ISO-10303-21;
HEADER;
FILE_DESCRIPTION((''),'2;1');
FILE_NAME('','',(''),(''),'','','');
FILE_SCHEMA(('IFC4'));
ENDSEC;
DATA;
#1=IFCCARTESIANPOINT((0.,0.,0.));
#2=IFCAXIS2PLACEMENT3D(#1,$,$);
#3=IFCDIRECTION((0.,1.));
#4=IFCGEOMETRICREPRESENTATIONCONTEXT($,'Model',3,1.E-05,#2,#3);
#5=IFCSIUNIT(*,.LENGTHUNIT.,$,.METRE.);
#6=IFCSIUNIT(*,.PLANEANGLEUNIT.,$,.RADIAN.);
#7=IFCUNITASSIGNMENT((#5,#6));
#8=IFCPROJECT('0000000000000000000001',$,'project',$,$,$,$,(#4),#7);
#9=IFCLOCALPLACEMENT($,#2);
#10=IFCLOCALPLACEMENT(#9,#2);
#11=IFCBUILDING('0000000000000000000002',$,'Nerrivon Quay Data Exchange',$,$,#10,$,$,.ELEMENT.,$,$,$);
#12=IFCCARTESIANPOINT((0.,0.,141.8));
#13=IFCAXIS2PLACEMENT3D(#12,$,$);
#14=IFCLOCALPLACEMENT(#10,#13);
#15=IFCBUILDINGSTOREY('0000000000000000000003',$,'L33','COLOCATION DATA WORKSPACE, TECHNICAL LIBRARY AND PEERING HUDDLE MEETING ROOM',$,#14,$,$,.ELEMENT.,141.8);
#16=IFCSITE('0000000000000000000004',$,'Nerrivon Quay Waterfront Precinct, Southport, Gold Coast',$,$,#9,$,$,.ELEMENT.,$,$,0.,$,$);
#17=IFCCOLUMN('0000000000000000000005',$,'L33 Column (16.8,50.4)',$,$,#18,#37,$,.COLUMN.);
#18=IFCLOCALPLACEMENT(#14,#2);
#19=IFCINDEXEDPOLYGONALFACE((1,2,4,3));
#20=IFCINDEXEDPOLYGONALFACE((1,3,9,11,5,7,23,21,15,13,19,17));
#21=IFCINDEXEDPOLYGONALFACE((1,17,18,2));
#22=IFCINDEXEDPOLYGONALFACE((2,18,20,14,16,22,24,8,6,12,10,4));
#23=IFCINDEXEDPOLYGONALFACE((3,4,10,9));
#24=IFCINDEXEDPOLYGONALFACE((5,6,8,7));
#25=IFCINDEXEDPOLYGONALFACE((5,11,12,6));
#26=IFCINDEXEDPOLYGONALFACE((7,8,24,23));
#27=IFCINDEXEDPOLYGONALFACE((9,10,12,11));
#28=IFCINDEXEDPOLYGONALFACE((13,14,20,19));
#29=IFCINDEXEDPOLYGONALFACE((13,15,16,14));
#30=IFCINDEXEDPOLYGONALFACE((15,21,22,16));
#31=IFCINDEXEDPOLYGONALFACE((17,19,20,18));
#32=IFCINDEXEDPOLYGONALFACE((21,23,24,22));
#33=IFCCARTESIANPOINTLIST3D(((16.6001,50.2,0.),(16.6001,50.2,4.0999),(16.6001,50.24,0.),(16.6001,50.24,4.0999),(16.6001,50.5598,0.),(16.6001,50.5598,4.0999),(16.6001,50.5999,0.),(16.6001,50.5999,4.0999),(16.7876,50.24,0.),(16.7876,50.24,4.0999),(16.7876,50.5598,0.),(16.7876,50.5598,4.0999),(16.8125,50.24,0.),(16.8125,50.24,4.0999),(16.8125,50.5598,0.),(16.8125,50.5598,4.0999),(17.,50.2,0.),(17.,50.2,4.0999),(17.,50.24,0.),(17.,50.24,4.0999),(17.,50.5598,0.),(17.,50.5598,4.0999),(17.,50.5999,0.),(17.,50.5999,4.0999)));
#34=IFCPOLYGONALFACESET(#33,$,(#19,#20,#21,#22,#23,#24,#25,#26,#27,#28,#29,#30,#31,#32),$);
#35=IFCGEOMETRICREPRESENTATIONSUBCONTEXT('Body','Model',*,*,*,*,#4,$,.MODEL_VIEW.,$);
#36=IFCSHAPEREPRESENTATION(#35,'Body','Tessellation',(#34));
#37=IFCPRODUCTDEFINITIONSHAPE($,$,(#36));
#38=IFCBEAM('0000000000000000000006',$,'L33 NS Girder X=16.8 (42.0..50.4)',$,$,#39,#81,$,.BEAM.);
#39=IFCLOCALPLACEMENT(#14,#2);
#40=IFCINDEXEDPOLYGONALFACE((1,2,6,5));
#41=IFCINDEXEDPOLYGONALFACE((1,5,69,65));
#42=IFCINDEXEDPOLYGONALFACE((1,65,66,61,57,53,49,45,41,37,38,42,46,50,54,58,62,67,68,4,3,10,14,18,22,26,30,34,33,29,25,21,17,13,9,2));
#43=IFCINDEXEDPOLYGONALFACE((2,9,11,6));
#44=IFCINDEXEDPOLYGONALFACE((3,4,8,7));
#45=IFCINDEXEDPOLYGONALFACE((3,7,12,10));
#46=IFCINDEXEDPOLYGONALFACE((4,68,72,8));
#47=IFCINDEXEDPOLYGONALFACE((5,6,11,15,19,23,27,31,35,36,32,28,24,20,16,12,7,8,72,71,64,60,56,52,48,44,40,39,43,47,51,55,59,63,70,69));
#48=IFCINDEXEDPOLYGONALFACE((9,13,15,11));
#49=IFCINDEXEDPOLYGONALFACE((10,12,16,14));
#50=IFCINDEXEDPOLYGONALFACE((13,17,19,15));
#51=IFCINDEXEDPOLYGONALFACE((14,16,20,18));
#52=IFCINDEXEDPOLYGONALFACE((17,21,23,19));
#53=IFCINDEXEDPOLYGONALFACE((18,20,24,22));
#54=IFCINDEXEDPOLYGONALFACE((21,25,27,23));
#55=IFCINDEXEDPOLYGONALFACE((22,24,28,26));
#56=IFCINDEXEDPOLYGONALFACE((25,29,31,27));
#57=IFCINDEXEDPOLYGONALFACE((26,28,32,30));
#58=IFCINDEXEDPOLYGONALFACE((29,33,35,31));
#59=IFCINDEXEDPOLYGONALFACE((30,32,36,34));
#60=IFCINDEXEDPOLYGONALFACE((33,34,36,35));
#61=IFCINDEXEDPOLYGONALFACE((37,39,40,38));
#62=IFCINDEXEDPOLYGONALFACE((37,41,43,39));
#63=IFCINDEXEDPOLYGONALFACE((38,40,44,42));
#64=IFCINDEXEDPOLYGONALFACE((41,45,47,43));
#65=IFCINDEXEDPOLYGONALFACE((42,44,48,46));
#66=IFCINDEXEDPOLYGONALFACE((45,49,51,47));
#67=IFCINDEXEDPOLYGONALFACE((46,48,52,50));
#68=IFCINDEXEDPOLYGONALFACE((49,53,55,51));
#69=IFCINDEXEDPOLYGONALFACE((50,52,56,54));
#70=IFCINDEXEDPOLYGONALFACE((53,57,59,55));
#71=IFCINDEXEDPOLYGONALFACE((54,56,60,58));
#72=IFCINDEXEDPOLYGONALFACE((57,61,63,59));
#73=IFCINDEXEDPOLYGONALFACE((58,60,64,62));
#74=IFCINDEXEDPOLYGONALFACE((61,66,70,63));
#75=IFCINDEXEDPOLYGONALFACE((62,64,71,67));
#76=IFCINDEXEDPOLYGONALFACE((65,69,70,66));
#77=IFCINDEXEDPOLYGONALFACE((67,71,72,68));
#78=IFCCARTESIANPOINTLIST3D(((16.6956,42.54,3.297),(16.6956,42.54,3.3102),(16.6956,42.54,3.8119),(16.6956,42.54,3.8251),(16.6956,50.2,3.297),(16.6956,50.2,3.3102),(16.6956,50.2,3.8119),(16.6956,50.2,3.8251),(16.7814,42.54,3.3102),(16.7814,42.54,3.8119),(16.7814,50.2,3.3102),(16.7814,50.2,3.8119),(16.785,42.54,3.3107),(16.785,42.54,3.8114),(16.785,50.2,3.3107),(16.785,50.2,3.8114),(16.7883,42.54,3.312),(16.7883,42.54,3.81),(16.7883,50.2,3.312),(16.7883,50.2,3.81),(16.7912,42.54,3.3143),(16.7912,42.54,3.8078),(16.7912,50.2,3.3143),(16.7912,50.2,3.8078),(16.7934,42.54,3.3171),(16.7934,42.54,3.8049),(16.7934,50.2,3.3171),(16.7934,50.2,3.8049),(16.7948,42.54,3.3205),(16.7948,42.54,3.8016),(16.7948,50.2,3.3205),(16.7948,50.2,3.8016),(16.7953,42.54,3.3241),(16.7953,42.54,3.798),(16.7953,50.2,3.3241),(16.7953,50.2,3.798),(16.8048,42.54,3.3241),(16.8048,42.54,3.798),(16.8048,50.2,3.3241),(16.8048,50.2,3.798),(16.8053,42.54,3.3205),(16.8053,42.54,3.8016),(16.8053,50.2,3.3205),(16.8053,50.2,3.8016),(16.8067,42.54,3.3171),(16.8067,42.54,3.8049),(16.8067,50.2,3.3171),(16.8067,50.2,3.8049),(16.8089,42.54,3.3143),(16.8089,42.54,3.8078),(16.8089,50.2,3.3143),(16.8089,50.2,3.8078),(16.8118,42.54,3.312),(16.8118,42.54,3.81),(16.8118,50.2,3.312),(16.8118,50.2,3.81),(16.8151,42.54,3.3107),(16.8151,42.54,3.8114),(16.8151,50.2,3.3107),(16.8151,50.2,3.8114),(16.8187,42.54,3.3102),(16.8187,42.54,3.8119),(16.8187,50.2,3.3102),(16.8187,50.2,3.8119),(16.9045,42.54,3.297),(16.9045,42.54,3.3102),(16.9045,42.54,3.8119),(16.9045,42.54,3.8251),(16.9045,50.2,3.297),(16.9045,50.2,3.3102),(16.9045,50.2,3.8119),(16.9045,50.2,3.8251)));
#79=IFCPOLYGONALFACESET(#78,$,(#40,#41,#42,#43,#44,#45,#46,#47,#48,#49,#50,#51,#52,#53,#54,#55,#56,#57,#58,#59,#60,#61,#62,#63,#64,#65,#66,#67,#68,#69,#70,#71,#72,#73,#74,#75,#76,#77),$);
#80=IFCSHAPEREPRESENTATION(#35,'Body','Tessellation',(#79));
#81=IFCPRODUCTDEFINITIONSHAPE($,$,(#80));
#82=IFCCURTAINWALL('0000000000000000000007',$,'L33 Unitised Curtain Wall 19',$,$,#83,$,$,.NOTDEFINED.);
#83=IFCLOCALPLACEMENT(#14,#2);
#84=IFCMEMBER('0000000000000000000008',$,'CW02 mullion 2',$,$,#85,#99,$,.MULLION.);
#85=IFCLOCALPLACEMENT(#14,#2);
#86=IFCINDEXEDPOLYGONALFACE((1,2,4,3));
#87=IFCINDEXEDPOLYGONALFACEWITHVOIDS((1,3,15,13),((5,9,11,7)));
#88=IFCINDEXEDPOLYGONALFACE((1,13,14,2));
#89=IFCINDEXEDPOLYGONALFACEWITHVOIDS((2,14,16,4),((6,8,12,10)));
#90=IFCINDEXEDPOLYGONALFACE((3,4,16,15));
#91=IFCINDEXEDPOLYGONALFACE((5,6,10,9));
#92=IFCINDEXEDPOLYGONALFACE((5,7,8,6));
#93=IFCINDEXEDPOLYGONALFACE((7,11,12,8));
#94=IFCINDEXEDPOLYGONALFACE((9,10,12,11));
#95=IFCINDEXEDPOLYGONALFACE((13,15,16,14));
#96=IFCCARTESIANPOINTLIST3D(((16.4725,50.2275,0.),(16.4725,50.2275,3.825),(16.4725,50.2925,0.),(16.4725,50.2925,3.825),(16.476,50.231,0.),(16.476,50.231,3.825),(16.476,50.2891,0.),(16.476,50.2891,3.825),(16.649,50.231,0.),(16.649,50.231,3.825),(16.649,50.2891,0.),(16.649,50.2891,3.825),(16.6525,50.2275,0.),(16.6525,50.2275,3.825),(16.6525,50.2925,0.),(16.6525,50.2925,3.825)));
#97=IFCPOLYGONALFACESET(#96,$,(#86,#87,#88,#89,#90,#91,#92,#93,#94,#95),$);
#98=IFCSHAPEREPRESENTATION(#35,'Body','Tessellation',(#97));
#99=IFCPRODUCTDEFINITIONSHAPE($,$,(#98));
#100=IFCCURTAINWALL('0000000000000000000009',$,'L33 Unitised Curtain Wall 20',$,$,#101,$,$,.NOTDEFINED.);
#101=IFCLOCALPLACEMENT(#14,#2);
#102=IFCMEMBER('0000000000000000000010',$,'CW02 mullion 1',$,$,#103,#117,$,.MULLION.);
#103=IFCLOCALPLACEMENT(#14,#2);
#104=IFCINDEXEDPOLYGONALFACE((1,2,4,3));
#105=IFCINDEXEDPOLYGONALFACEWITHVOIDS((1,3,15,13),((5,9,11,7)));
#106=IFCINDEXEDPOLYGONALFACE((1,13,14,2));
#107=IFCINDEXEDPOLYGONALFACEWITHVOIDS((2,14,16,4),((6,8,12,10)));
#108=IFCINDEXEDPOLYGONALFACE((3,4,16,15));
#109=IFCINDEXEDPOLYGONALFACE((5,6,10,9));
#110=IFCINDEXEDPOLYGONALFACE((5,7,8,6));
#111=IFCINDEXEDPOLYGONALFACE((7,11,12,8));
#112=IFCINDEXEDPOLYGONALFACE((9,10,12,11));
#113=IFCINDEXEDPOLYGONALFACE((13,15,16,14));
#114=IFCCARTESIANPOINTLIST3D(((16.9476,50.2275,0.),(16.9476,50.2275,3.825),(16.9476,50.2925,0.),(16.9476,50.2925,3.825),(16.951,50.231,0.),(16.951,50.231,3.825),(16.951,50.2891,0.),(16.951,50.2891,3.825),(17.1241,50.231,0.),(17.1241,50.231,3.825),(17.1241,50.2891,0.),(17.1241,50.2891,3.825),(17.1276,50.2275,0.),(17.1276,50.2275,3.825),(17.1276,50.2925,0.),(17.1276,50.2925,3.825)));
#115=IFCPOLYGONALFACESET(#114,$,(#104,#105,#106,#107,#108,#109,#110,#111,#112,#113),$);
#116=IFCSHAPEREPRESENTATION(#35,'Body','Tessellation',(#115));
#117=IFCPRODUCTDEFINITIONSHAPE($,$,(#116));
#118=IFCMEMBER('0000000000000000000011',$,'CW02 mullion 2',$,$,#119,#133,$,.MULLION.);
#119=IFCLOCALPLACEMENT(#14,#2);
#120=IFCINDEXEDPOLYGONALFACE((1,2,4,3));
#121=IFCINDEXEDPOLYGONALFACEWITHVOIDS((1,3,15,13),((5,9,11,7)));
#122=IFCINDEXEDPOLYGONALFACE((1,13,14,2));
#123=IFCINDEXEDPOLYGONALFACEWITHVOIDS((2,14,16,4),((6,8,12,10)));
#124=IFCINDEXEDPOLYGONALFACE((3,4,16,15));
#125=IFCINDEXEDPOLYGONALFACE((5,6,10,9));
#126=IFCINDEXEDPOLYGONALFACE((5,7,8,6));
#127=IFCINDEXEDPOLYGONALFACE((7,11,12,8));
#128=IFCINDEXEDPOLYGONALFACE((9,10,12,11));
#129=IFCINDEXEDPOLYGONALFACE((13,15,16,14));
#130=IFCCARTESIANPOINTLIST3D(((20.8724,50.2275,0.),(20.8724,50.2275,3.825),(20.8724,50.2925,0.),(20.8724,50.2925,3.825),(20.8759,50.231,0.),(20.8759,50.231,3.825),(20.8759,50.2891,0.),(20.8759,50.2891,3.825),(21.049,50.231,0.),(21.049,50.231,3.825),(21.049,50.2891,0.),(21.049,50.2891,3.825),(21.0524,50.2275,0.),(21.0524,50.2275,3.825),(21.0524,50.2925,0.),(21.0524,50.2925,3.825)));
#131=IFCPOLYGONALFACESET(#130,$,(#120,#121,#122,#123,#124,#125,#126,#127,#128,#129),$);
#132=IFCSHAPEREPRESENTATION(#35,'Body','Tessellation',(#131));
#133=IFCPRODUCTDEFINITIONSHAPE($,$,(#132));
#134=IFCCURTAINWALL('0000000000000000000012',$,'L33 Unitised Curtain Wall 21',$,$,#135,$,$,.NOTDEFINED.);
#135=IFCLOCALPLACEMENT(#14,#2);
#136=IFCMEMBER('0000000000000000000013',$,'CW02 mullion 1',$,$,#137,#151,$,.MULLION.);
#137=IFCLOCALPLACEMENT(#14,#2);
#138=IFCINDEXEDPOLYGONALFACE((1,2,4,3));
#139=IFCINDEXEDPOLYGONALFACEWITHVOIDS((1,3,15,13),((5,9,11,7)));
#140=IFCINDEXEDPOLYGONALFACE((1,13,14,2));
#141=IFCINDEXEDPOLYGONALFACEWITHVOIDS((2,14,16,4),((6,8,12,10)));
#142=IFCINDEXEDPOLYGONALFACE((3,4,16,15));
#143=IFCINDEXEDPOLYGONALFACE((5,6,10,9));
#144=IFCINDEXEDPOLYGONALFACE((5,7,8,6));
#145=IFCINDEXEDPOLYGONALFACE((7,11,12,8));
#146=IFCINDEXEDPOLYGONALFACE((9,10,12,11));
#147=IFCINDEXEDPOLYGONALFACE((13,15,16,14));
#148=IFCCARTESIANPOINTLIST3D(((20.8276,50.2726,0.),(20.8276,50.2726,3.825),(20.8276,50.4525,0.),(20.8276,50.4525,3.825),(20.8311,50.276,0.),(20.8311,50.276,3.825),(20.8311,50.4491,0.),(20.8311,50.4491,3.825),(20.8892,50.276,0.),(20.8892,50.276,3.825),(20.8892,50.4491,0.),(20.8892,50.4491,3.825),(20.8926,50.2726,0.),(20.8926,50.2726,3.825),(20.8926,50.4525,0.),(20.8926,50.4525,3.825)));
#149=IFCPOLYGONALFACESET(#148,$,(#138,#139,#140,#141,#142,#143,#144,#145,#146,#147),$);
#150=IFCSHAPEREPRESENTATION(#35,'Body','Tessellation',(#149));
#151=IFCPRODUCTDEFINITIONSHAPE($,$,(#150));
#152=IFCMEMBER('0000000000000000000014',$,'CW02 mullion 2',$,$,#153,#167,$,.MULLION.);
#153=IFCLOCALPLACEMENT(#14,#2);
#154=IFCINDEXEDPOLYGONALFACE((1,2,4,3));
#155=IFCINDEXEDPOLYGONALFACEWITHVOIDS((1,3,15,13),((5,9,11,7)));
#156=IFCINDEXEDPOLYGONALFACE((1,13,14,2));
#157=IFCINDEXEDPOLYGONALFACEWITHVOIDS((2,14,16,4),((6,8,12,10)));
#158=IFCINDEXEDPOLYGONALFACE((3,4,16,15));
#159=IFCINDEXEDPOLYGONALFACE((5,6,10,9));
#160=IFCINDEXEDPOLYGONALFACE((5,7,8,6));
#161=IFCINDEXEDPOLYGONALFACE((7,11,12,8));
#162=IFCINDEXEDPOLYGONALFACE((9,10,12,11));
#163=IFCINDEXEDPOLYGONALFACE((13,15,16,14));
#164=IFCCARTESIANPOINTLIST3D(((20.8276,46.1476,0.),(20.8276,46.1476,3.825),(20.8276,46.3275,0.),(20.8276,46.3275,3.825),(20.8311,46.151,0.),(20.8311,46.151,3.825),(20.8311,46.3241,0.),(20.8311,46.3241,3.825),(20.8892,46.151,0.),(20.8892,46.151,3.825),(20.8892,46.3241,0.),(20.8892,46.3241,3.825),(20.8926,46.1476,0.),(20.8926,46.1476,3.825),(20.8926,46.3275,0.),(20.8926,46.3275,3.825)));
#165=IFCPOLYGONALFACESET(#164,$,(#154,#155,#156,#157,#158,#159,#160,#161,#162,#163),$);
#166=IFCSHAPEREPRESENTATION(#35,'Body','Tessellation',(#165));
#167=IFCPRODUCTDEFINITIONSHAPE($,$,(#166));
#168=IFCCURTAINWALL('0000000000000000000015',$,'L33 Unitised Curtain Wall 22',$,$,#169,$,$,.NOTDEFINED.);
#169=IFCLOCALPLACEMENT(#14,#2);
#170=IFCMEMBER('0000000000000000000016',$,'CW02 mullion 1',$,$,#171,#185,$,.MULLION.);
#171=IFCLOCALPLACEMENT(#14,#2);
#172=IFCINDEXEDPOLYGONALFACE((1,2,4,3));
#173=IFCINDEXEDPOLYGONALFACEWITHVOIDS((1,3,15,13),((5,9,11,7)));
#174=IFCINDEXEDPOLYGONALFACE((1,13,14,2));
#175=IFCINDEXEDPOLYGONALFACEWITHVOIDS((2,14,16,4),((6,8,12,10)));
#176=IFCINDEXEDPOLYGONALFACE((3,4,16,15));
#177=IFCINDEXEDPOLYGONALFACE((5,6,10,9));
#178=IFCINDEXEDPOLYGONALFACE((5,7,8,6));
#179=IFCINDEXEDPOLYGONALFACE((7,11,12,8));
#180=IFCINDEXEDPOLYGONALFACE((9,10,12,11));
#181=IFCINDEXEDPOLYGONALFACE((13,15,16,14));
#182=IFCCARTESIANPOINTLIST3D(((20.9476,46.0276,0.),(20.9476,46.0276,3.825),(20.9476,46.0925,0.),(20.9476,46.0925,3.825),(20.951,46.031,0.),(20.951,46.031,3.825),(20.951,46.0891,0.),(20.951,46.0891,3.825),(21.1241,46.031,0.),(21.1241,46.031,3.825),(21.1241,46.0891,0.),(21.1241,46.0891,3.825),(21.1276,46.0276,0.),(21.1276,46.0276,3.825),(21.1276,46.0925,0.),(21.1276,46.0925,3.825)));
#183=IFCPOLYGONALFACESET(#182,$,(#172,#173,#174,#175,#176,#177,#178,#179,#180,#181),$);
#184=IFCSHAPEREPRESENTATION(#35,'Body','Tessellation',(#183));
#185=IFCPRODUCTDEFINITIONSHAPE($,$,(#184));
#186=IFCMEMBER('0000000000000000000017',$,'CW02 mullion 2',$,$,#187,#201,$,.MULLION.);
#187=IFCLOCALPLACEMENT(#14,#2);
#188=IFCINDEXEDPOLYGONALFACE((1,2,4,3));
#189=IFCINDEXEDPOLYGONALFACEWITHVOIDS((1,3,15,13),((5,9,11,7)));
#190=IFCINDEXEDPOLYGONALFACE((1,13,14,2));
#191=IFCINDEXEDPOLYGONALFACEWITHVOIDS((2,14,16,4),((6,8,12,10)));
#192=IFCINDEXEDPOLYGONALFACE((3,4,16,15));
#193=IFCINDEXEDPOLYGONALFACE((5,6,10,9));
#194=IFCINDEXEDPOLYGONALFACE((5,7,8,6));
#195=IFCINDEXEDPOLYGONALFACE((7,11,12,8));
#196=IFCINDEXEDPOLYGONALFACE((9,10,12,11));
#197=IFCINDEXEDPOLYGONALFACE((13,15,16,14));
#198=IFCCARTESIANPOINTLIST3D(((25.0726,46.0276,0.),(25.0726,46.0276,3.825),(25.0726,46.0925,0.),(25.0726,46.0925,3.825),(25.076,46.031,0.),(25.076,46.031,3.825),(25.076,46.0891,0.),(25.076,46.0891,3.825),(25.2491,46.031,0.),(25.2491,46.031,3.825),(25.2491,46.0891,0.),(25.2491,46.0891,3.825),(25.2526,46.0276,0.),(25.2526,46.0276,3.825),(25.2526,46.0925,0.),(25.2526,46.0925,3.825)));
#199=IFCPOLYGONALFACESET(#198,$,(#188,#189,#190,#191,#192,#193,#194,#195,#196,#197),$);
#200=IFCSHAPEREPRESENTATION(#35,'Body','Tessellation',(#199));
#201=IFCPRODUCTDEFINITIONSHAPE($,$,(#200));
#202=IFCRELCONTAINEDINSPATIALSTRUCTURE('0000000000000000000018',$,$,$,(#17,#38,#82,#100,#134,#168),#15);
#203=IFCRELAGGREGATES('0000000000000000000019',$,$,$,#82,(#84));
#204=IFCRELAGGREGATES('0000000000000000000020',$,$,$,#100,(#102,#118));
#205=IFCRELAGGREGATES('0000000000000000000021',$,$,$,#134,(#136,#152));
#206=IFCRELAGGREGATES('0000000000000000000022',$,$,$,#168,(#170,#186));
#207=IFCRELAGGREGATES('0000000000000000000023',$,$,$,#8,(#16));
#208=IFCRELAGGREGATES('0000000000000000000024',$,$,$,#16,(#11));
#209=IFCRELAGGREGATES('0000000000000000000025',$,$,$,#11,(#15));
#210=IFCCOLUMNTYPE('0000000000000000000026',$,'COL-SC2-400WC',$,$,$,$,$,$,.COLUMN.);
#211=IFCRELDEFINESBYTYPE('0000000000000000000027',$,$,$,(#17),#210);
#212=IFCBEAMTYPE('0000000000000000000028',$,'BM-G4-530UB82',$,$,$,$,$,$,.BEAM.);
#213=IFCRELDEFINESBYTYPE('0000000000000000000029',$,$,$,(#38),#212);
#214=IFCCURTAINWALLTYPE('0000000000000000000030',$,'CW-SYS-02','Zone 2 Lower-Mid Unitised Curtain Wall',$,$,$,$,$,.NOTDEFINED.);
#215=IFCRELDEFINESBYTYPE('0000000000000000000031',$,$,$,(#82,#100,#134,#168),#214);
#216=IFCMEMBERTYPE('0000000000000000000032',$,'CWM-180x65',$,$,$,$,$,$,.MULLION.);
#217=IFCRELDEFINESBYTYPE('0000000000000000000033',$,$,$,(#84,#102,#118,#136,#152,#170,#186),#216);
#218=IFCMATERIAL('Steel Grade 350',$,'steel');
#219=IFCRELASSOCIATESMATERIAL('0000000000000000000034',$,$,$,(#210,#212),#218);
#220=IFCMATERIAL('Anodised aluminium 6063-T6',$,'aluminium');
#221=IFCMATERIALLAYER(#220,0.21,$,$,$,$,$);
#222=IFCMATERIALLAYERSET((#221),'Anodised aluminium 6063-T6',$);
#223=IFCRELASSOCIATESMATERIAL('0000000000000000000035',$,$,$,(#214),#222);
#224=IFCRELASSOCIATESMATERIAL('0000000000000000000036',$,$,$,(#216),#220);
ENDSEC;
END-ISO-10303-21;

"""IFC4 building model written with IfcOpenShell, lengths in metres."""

from ifc_helpers import new_model, si_unit, direction, frame, origin, origin_2d, place, context, subcontext, project, spatial, hollow_rectangle, i_section, extrude, material, layer, layer_set, material_profile, profile_set, type_object, element, aggregate, save


model = new_model("IFC4")

# Units and contexts
model_context = context("Model", 3, precision=1e-05, world=origin(), true_north=direction((0.0, 1.0)))
body_context = subcontext(model_context, "Body", "Model", "MODEL_VIEW")
ifc_project = project(units=[si_unit("LENGTHUNIT", "METRE"), si_unit("PLANEANGLEUNIT", "RADIAN")], contexts=[model_context])

# Site, building, storey
site_placement = place(None, origin())
site = spatial("IfcSite", under=ifc_project, at=site_placement, Name="Nerrivon Quay Waterfront Precinct, Southport, Gold Coast", CompositionType="ELEMENT", RefElevation=0.0)
building_placement = place(site_placement, origin())
building = spatial("IfcBuilding", under=site, at=building_placement, Name="Nerrivon Quay Data Exchange", CompositionType="ELEMENT")
storey_placement = place(building_placement, frame((0.0, 0.0, 141.8)))
storey = spatial("IfcBuildingStorey", under=building, at=storey_placement, Name="L33", Description="COLOCATION DATA WORKSPACE, TECHNICAL LIBRARY AND PEERING HUDDLE MEETING ROOM", CompositionType="ELEMENT", Elevation=141.8)

# Column
ifc_material_1 = material(Name="Steel Grade 350", Category="steel")
ifc_material_profile_1 = material_profile(ifc_material_1, i_section(OverallWidth=0.3999, OverallDepth=0.3999, WebThickness=0.0249, FlangeThickness=0.04, at=origin_2d()), Name="400WC328")
ifc_profile_set_1 = profile_set([ifc_material_profile_1], Name="Steel Grade 350")
column_type = type_object("IfcColumnType", Name="COL-SC2-400WC", PredefinedType="COLUMN", material=ifc_profile_set_1)
column_placement = place(storey_placement, frame((16.8, 50.3999, 0.0), z_axis=(0.0, 0.0, 1.0), x_axis=(1.0, 0.0, 0.0)))
element("IfcColumn", 1, at=column_placement, inside=storey, type_object=column_type, Name="L33 Column (16.8,50.4)", PredefinedType="COLUMN", context=body_context, shape_type="SweptSolid", body=[
    extrude(i_section(OverallWidth=0.3999, OverallDepth=0.3999, WebThickness=0.0249, FlangeThickness=0.04, at=origin_2d()), origin(), (0.0, 0.0, 1.0), 4.0999),
])

# Beam
ifc_material_profile_2 = material_profile(ifc_material_1, i_section(OverallWidth=0.209, OverallDepth=0.5281, WebThickness=0.0095, FlangeThickness=0.0132, FilletRadius=0.0139, at=origin_2d()), Name="530UB82.0")
ifc_profile_set_2 = profile_set([ifc_material_profile_2], Name="Steel Grade 350")
beam_type = type_object("IfcBeamType", Name="BM-G4-530UB82", PredefinedType="BEAM", material=ifc_profile_set_2)
beam_placement = place(storey_placement, frame((16.8, 42.54, 3.561), z_axis=(0.0, 1.0, 0.0), x_axis=(-1.0, 0.0, 0.0)))
element("IfcBeam", 2, at=beam_placement, inside=storey, type_object=beam_type, Name="L33 NS Girder X=16.8 (42.0..50.4)", PredefinedType="BEAM", context=body_context, shape_type="SweptSolid", body=[
    extrude(i_section(OverallWidth=0.209, OverallDepth=0.5281, WebThickness=0.0095, FlangeThickness=0.0132, FilletRadius=0.0139, at=origin_2d()), origin(), (0.0, 0.0, 1.0), 7.6599),
])

# Curtain wall, member
ifc_material_2 = material(Name="Anodised aluminium 6063-T6", Category="aluminium")
ifc_layer_1 = layer(ifc_material_2, 0.21)
ifc_layer_set_1 = layer_set([ifc_layer_1], Name="Anodised aluminium 6063-T6")
curtain_wall_type = type_object("IfcCurtainWallType", Name="CW-SYS-02", Description="Zone 2 Lower-Mid Unitised Curtain Wall", PredefinedType="NOTDEFINED", material=ifc_layer_set_1)
curtain_wall_1_placement = place(storey_placement, origin())
curtain_wall_1 = element("IfcCurtainWall", 3, at=curtain_wall_1_placement, inside=storey, type_object=curtain_wall_type, Name="L33 Unitised Curtain Wall 19", PredefinedType="NOTDEFINED")
ifc_material_profile_3 = material_profile(ifc_material_2, hollow_rectangle(XDim=0.0649, YDim=0.1799, WallThickness=0.0034, at=origin_2d()), Name="ALU-MULL-180x65")
ifc_profile_set_3 = profile_set([ifc_material_profile_3], Name="Anodised aluminium 6063-T6")
member_type_1 = type_object("IfcMemberType", Name="CWM-180x65", PredefinedType="MULLION", material=ifc_profile_set_3)
member_1_placement = place(storey_placement, frame((16.5625, 50.26, 0.0), z_axis=(0.0, 0.0, 1.0), x_axis=(0.0, 1.0, 0.0)))
member_1 = element("IfcMember", 4, at=member_1_placement, type_object=member_type_1, Name="CW02 mullion 2", PredefinedType="MULLION", context=body_context, shape_type="SweptSolid", body=[
    extrude(hollow_rectangle(XDim=0.0649, YDim=0.1799, WallThickness=0.0034, at=origin_2d()), origin(), (0.0, 0.0, 1.0), 3.825),
])
aggregate(curtain_wall_1, [member_1])

# Curtain walls, members
curtain_wall_2_placement = place(storey_placement, origin())
curtain_wall_2 = element("IfcCurtainWall", 5, at=curtain_wall_2_placement, inside=storey, type_object=curtain_wall_type, Name="L33 Unitised Curtain Wall 20", PredefinedType="NOTDEFINED")
member_2_placement = place(storey_placement, frame((17.0376, 50.26, 0.0), z_axis=(0.0, 0.0, 1.0), x_axis=(0.0, 1.0, 0.0)))
member_2 = element("IfcMember", 6, at=member_2_placement, type_object=member_type_1, Name="CW02 mullion 1", PredefinedType="MULLION", context=body_context, shape_type="SweptSolid", body=[
    extrude(hollow_rectangle(XDim=0.0649, YDim=0.1799, WallThickness=0.0034, at=origin_2d()), origin(), (0.0, 0.0, 1.0), 3.825),
])
member_3_placement = place(storey_placement, frame((20.9624, 50.26, 0.0), z_axis=(0.0, 0.0, 1.0), x_axis=(0.0, 1.0, 0.0)))
member_3 = element("IfcMember", 7, at=member_3_placement, type_object=member_type_1, Name="CW02 mullion 2", PredefinedType="MULLION", context=body_context, shape_type="SweptSolid", body=[
    extrude(hollow_rectangle(XDim=0.0649, YDim=0.1799, WallThickness=0.0034, at=origin_2d()), origin(), (0.0, 0.0, 1.0), 3.825),
])
curtain_wall_3_placement = place(storey_placement, origin())
curtain_wall_3 = element("IfcCurtainWall", 8, at=curtain_wall_3_placement, inside=storey, type_object=curtain_wall_type, Name="L33 Unitised Curtain Wall 21", PredefinedType="NOTDEFINED")
member_4_placement = place(storey_placement, frame((20.8601, 50.3625, 0.0), z_axis=(0.0, 0.0, 1.0), x_axis=(1.0, 0.0, 0.0)))
member_4 = element("IfcMember", 9, at=member_4_placement, type_object=member_type_1, Name="CW02 mullion 1", PredefinedType="MULLION", context=body_context, shape_type="SweptSolid", body=[
    extrude(hollow_rectangle(XDim=0.0649, YDim=0.1799, WallThickness=0.0034, at=origin_2d()), origin(), (0.0, 0.0, 1.0), 3.825),
])
member_5_placement = place(storey_placement, frame((20.8601, 46.2375, 0.0), z_axis=(0.0, 0.0, 1.0), x_axis=(1.0, 0.0, 0.0)))
member_5 = element("IfcMember", 10, at=member_5_placement, type_object=member_type_1, Name="CW02 mullion 2", PredefinedType="MULLION", context=body_context, shape_type="SweptSolid", body=[
    extrude(hollow_rectangle(XDim=0.0649, YDim=0.1799, WallThickness=0.0034, at=origin_2d()), origin(), (0.0, 0.0, 1.0), 3.825),
])
curtain_wall_4_placement = place(storey_placement, origin())
curtain_wall_4 = element("IfcCurtainWall", 11, at=curtain_wall_4_placement, inside=storey, type_object=curtain_wall_type, Name="L33 Unitised Curtain Wall 22", PredefinedType="NOTDEFINED")
member_6_placement = place(storey_placement, frame((21.0376, 46.0601, 0.0), z_axis=(0.0, 0.0, 1.0), x_axis=(0.0, 1.0, 0.0)))
member_6 = element("IfcMember", 12, at=member_6_placement, type_object=member_type_1, Name="CW02 mullion 1", PredefinedType="MULLION", context=body_context, shape_type="SweptSolid", body=[
    extrude(hollow_rectangle(XDim=0.0649, YDim=0.1799, WallThickness=0.0034, at=origin_2d()), origin(), (0.0, 0.0, 1.0), 3.825),
])
member_7_placement = place(storey_placement, frame((25.1626, 46.0601, 0.0), z_axis=(0.0, 0.0, 1.0), x_axis=(0.0, 1.0, 0.0)))
member_7 = element("IfcMember", 13, at=member_7_placement, type_object=member_type_1, Name="CW02 mullion 2", PredefinedType="MULLION", context=body_context, shape_type="SweptSolid", body=[
    extrude(hollow_rectangle(XDim=0.0649, YDim=0.1799, WallThickness=0.0034, at=origin_2d()), origin(), (0.0, 0.0, 1.0), 3.825),
])

aggregate(curtain_wall_2, [member_2, member_3])
aggregate(curtain_wall_3, [member_4, member_5])
aggregate(curtain_wall_4, [member_6, member_7])

save(model, "model.ifc")
